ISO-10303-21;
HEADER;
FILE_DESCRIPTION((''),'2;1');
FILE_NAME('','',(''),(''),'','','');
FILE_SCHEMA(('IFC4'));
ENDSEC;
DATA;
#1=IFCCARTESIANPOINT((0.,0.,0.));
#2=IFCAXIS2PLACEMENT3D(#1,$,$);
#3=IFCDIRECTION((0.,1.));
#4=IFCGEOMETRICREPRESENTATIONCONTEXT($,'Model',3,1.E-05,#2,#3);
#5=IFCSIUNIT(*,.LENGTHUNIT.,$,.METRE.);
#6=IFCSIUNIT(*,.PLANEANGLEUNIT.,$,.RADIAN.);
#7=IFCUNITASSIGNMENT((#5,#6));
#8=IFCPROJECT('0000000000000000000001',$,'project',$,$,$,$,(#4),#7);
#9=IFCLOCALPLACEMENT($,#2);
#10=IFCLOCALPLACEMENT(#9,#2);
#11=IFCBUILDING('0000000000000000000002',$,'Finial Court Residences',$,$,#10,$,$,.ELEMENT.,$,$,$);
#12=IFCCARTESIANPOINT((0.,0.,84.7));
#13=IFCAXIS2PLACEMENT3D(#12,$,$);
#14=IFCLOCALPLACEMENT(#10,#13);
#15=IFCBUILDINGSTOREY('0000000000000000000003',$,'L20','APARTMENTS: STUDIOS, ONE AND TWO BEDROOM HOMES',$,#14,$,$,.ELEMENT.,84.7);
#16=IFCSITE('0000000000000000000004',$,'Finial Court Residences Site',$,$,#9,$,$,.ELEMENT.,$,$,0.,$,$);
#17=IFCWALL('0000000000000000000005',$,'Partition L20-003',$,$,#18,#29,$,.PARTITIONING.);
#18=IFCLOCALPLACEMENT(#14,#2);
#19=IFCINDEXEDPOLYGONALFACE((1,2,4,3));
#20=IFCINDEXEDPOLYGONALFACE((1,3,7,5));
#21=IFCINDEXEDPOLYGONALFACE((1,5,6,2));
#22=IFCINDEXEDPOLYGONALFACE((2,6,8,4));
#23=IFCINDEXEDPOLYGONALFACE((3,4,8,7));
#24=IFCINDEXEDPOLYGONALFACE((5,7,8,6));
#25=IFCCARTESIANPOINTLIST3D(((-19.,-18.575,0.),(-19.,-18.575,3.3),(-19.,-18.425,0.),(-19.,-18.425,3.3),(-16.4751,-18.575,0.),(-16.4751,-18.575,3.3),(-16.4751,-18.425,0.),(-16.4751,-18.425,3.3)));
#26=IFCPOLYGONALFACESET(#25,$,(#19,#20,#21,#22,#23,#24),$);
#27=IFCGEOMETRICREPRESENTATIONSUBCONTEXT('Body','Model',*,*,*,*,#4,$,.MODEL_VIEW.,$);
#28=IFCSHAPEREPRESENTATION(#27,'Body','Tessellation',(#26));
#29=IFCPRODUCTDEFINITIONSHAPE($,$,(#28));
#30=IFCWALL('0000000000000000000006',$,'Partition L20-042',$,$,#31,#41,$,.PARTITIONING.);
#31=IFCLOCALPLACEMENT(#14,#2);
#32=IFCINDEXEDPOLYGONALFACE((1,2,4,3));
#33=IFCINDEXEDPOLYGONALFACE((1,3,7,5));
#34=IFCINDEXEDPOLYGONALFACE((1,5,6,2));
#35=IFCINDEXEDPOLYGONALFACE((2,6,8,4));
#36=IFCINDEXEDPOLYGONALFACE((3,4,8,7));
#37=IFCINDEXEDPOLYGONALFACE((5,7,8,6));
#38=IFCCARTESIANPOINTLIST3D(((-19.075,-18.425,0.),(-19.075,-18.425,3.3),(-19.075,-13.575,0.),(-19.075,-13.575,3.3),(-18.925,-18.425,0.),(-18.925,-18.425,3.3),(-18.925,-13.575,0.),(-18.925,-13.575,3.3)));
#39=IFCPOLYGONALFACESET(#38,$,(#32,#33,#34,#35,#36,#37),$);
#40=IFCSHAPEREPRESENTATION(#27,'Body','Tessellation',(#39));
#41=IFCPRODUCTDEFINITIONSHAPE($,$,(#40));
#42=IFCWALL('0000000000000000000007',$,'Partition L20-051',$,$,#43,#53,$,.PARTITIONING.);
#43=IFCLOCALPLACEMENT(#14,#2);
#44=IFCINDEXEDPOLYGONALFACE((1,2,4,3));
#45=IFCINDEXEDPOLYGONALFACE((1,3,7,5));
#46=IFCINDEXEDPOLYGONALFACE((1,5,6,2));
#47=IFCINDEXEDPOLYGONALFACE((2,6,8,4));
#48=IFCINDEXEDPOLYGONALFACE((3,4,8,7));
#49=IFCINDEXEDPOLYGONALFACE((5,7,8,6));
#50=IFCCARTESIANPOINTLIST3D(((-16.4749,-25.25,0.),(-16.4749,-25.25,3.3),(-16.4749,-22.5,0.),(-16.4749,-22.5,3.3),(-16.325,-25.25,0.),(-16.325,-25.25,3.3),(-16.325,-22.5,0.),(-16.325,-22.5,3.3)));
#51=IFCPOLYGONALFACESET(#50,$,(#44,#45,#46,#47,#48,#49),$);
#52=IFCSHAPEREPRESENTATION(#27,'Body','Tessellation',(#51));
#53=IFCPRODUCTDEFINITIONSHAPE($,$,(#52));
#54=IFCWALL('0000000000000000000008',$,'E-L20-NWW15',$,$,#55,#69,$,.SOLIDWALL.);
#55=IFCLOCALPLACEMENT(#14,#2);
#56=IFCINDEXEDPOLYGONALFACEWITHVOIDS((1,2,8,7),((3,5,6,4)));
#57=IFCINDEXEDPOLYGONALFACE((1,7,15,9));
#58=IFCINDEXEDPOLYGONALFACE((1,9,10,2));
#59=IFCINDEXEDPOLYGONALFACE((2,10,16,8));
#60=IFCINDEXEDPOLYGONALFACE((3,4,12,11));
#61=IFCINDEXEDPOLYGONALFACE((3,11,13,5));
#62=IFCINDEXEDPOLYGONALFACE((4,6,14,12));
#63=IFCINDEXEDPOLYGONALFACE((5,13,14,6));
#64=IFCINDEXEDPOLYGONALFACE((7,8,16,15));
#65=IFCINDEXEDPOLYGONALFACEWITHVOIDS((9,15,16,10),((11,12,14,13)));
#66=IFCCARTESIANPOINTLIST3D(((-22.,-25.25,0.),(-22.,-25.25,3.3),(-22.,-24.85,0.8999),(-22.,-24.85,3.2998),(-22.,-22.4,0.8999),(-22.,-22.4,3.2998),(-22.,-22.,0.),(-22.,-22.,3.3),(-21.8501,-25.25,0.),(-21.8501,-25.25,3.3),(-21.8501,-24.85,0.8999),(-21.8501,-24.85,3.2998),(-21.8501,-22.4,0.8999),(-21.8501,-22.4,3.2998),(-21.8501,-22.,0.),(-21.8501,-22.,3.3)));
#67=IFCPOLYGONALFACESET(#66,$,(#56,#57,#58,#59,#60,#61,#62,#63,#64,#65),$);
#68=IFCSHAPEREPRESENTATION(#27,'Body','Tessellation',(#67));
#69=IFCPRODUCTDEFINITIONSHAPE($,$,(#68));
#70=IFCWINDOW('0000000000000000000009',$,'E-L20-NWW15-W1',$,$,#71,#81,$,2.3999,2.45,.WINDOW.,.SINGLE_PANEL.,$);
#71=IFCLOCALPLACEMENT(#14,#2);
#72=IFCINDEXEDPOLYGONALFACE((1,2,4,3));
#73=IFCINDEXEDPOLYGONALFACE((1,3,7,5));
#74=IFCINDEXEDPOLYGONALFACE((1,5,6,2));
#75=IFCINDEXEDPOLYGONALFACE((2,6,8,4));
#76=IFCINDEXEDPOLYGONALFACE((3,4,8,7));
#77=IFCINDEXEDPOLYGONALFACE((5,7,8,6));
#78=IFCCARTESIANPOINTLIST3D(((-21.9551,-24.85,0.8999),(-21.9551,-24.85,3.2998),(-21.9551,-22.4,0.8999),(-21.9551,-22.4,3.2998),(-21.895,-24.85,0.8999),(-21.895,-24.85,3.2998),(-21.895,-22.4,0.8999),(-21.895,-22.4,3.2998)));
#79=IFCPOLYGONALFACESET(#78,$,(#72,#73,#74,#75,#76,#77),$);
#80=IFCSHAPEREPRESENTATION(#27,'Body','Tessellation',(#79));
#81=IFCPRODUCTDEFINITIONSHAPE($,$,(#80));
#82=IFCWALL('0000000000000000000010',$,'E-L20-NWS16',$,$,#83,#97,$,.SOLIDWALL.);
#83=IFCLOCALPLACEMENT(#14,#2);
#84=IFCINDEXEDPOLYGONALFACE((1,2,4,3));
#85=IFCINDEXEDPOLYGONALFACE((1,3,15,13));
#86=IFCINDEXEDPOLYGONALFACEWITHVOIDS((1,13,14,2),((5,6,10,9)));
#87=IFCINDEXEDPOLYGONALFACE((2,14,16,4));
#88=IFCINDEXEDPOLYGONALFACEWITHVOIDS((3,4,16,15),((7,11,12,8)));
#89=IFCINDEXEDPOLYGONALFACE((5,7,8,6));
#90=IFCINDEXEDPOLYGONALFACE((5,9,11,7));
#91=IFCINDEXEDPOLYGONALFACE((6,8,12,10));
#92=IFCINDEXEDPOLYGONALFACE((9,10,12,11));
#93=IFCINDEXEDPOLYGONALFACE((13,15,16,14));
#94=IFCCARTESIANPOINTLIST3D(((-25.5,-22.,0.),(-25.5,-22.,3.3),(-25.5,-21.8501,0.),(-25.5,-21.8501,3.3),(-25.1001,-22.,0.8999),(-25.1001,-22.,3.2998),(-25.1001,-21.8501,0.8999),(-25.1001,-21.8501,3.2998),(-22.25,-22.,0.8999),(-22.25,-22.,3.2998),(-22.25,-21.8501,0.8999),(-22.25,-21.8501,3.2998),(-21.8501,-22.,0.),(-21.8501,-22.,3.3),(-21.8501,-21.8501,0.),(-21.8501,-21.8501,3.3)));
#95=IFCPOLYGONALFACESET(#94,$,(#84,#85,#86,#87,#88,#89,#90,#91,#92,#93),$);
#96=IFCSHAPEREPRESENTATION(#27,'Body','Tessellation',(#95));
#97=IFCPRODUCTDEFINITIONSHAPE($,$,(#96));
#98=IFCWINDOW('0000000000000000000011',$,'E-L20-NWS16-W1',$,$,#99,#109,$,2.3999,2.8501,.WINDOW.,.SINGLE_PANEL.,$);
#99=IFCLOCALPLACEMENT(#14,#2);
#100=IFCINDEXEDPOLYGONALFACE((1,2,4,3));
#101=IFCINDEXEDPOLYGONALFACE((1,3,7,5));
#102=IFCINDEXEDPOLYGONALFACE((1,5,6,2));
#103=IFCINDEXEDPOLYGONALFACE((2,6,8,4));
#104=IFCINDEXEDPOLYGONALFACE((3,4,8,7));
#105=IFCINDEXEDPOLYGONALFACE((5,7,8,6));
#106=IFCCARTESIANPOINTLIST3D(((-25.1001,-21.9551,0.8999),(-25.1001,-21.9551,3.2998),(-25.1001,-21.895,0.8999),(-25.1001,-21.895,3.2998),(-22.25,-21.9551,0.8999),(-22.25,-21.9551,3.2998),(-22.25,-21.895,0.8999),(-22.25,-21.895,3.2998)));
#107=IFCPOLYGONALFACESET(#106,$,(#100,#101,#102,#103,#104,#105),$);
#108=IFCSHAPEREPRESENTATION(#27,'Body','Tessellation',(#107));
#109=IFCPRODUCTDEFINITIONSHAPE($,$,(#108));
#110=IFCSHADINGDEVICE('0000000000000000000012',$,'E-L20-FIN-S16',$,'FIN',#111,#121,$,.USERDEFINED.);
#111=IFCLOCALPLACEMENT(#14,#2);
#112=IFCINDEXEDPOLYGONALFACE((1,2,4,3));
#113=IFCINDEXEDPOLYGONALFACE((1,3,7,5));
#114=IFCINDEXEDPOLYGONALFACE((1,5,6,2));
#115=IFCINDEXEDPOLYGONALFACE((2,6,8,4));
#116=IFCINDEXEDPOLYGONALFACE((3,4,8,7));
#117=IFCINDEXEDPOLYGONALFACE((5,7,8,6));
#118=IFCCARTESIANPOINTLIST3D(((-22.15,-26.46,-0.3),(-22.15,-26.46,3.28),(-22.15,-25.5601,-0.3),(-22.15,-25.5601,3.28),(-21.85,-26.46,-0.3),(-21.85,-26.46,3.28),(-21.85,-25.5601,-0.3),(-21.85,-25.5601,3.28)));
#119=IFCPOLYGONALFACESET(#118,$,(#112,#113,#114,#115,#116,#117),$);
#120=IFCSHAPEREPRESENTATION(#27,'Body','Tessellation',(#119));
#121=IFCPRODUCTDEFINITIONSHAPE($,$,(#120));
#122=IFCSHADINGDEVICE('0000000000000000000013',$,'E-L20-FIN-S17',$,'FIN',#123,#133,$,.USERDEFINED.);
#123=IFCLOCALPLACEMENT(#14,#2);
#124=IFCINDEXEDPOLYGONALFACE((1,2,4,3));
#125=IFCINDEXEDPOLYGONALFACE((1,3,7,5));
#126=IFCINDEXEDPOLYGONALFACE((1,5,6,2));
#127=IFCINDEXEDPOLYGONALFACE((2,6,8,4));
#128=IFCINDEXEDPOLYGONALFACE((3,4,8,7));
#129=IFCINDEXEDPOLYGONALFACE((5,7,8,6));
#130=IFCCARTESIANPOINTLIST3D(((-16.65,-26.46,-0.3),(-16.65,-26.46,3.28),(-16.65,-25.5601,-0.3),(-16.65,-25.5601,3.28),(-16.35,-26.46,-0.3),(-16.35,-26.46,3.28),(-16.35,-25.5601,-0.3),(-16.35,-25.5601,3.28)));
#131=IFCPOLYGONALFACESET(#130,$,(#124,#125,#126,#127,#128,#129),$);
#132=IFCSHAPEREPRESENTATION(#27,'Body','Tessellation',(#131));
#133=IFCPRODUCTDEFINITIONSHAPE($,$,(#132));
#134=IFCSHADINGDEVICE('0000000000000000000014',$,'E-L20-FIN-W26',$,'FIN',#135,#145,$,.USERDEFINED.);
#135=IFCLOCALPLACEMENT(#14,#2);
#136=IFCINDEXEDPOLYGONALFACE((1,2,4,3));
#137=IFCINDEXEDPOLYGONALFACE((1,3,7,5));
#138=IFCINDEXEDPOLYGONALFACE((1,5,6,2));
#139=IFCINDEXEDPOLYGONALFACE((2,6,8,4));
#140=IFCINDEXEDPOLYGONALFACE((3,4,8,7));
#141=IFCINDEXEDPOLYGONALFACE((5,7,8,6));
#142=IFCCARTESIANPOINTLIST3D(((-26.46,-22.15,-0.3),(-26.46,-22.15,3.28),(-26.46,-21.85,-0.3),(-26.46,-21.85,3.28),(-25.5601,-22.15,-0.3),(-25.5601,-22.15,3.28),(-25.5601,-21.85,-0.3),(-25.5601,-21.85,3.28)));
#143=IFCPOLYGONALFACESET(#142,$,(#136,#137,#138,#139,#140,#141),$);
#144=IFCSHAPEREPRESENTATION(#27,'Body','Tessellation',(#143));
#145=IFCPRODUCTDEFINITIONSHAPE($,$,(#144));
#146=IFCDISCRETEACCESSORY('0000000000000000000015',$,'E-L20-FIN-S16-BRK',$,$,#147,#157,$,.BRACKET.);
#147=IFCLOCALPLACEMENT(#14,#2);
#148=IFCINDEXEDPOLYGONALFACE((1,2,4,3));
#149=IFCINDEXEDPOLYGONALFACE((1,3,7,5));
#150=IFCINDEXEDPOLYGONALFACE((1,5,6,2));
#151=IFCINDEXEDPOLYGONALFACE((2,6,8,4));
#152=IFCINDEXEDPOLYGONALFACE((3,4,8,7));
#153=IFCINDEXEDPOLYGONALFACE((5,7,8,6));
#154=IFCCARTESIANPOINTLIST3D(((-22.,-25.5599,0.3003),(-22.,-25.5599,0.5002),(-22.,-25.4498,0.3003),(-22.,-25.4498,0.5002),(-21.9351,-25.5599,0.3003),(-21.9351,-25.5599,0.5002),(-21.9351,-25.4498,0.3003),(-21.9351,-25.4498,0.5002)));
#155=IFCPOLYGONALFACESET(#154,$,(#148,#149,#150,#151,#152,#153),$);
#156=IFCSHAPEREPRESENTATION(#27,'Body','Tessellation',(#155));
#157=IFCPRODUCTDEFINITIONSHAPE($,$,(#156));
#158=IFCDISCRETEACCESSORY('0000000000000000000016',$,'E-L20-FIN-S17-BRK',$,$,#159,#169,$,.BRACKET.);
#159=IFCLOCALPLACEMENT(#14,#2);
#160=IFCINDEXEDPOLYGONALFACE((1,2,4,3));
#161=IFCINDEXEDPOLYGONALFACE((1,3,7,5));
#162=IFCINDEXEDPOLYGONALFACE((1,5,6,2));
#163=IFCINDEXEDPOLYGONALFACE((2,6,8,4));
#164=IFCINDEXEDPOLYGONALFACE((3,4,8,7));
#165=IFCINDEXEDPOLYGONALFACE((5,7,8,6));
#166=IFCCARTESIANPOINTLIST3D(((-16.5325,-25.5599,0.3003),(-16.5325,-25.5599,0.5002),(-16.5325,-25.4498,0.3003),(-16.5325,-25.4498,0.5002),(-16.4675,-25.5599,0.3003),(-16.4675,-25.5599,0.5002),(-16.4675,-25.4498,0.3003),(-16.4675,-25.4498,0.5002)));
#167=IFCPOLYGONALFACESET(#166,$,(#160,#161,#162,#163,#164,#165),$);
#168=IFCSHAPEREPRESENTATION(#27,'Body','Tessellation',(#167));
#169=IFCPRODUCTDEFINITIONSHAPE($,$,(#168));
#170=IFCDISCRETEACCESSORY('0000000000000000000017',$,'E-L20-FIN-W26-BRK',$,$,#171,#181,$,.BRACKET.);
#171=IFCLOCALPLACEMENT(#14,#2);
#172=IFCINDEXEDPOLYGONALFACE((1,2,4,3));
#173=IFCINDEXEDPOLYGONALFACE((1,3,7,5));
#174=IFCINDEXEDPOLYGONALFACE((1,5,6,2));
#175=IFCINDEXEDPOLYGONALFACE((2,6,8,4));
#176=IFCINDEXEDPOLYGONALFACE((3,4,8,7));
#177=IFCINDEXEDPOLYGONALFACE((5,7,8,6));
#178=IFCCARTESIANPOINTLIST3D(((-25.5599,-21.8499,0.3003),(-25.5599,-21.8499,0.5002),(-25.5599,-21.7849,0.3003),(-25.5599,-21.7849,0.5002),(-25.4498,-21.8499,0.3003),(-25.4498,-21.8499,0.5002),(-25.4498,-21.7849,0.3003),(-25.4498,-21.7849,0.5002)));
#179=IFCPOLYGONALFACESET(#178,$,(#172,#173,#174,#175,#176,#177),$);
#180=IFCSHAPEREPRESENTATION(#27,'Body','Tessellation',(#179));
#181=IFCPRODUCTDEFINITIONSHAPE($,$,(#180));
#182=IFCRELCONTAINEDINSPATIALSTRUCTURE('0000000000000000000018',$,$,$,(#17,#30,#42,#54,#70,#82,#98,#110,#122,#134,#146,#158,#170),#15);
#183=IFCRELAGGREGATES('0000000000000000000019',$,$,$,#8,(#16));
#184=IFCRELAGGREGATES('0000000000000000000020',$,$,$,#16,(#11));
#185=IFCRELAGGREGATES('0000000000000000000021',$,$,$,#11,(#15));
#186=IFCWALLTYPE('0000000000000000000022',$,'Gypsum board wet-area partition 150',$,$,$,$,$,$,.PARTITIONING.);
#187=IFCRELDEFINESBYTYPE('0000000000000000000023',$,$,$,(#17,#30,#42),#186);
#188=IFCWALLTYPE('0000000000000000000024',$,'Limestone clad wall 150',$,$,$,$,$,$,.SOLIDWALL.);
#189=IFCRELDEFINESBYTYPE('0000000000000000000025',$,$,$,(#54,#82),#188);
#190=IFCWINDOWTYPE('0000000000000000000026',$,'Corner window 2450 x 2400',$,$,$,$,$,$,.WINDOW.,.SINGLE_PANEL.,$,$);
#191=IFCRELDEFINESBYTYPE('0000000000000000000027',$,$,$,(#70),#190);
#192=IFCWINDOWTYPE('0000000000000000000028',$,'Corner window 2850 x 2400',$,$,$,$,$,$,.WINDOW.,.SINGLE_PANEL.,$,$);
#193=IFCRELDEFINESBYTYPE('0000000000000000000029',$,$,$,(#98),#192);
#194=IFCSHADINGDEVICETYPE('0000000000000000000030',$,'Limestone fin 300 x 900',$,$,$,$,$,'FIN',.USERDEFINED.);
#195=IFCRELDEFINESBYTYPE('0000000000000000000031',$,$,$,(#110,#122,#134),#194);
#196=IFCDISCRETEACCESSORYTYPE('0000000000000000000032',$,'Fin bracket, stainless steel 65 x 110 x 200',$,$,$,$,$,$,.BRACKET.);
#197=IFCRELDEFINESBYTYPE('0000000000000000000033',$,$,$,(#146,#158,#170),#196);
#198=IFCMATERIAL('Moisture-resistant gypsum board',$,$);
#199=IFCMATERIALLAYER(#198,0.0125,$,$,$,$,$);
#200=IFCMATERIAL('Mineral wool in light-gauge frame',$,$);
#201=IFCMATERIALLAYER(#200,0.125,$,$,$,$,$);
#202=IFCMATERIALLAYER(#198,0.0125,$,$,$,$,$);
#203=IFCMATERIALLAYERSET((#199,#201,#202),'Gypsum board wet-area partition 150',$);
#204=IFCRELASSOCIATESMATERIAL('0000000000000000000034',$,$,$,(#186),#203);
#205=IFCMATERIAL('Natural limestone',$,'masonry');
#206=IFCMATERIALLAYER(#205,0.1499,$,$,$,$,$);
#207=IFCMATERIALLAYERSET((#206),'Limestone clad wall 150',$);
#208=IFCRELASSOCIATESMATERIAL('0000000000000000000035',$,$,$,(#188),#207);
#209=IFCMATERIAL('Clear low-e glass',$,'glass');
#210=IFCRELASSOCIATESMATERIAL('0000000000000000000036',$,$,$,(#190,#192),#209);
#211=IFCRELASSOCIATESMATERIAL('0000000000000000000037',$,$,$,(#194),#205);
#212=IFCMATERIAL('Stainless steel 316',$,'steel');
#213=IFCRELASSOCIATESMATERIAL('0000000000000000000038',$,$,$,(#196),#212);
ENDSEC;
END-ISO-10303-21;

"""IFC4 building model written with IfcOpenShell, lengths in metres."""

from ifc_helpers import new_model, si_unit, direction, frame, frame_2d, origin, origin_2d, place, context, subcontext, project, spatial, rectangle, extrude, material, layer, layer_set, type_object, element, fill, save


model = new_model("IFC4")

# Units and contexts
model_context = context("Model", 3, precision=1e-05, world=origin(), true_north=direction((0.0, 1.0)))
body_context = subcontext(model_context, "Body", "Model", "MODEL_VIEW")
ifc_project = project(units=[si_unit("LENGTHUNIT", "METRE"), si_unit("PLANEANGLEUNIT", "RADIAN")], contexts=[model_context])

# Site, building, storey
site_placement = place(None, origin())
site = spatial("IfcSite", under=ifc_project, at=site_placement, Name="Finial Court Residences Site", CompositionType="ELEMENT", RefElevation=0.0)
building_placement = place(site_placement, origin())
building = spatial("IfcBuilding", under=site, at=building_placement, Name="Finial Court Residences", CompositionType="ELEMENT")
storey_placement = place(building_placement, frame((0.0, 0.0, 84.7)))
storey = spatial("IfcBuildingStorey", under=building, at=storey_placement, Name="L20", Description="APARTMENTS: STUDIOS, ONE AND TWO BEDROOM HOMES", CompositionType="ELEMENT", Elevation=84.7)

# Shared definitions
ifc_material_1 = material(Name="Clear low-e glass", Category="glass")

# Shared definitions
ifc_material_2 = material(Name="Mineral wool in light-gauge frame")

# Walls
ifc_material_3 = material(Name="Moisture-resistant gypsum board")
ifc_layer_1 = layer(ifc_material_3, 0.0125)
ifc_layer_2 = layer(ifc_material_2, 0.125)
ifc_layer_3 = layer(ifc_material_3, 0.0125)
ifc_layer_set_1 = layer_set([ifc_layer_1, ifc_layer_2, ifc_layer_3], Name="Gypsum board wet-area partition 150")
wall_type_1 = type_object("IfcWallType", Name="Gypsum board wet-area partition 150", PredefinedType="PARTITIONING", material=ifc_layer_set_1)
wall_1_placement = place(storey_placement, frame((-19.0, -18.5, 0.0), z_axis=(0.0, 0.0, 1.0), x_axis=(1.0, 0.0, 0.0)))
element("IfcWall", 1, at=wall_1_placement, inside=storey, type_object=wall_type_1, Name="Partition L20-003", PredefinedType="PARTITIONING", context=body_context, shape_type="SweptSolid", body=[
    extrude(rectangle(XDim=2.5249, YDim=0.1499, at=frame_2d((1.2625, 0.0))), origin(), (0.0, 0.0, 1.0), 3.3),
])
wall_2_placement = place(storey_placement, frame((-19.0, -18.425, 0.0), z_axis=(0.0, 0.0, 1.0), x_axis=(0.0, 1.0, 0.0)))
element("IfcWall", 2, at=wall_2_placement, inside=storey, type_object=wall_type_1, Name="Partition L20-042", PredefinedType="PARTITIONING", context=body_context, shape_type="SweptSolid", body=[
    extrude(rectangle(XDim=4.8501, YDim=0.1499, at=frame_2d((2.425, 0.0))), origin(), (0.0, 0.0, 1.0), 3.3),
])
wall_3_placement = place(storey_placement, frame((-16.3999, -25.25, 0.0), z_axis=(0.0, 0.0, 1.0), x_axis=(0.0, 1.0, 0.0)))
element("IfcWall", 3, at=wall_3_placement, inside=storey, type_object=wall_type_1, Name="Partition L20-051", PredefinedType="PARTITIONING", context=body_context, shape_type="SweptSolid", body=[
    extrude(rectangle(XDim=2.75, YDim=0.1499, at=frame_2d((1.375, 0.0))), origin(), (0.0, 0.0, 1.0), 3.3),
])

# Walls, openings, windows
ifc_material_4 = material(Name="Natural limestone", Category="masonry")
ifc_layer_4 = layer(ifc_material_4, 0.1499)
ifc_layer_set_2 = layer_set([ifc_layer_4], Name="Limestone clad wall 150")
wall_type_2 = type_object("IfcWallType", Name="Limestone clad wall 150", PredefinedType="SOLIDWALL", material=ifc_layer_set_2)
wall_4_placement = place(storey_placement, frame((-21.925, -25.25, 0.0), z_axis=(0.0, 0.0, 1.0), x_axis=(0.0, 1.0, 0.0)))
wall_4 = element("IfcWall", 4, at=wall_4_placement, inside=storey, type_object=wall_type_2, Name="E-L20-NWW15", PredefinedType="SOLIDWALL", context=body_context, shape_type="SweptSolid", body=[
    extrude(rectangle(XDim=3.25, YDim=0.1499, at=frame_2d((1.625, 0.0))), origin(), (0.0, 0.0, 1.0), 3.3),
])
opening_1_placement = place(wall_4_placement, frame((0.3999, 0.0, 0.8999)))
opening_1 = element("IfcOpeningElement", 5, at=opening_1_placement, cuts=wall_4, PredefinedType="OPENING", context=body_context, shape_type="SweptSolid", body=[
    extrude(rectangle(XDim=2.45, YDim=2.3999, at=frame_2d((1.2251, 1.2))), frame((0.0, 0.085, 0.0), z_axis=(0.0, -1.0, 0.0), x_axis=(1.0, 0.0, 0.0)), (0.0, 0.0, 1.0), 0.1699),
])
window_type_1 = type_object("IfcWindowType", Name="Corner window 2450 x 2400", PartitioningType="SINGLE_PANEL", PredefinedType="WINDOW", material=ifc_material_1)
window_1_placement = place(opening_1_placement, origin())
window_1 = element("IfcWindow", 6, at=window_1_placement, inside=storey, type_object=window_type_1, Name="E-L20-NWW15-W1", OverallHeight=2.3999, OverallWidth=2.45, PartitioningType="SINGLE_PANEL", PredefinedType="WINDOW", context=body_context, shape_type="SweptSolid", body=[
    extrude(rectangle(XDim=2.45, YDim=2.3999, at=frame_2d((1.2251, 1.2))), frame((0.0, 0.03, 0.0), z_axis=(0.0, -1.0, 0.0), x_axis=(1.0, 0.0, 0.0)), (0.0, 0.0, 1.0), 0.0601),
])
fill(opening_1, window_1)
wall_5_placement = place(storey_placement, frame((-21.8501, -21.925, 0.0), z_axis=(0.0, 0.0, 1.0), x_axis=(-1.0, 0.0, 0.0)))
wall_5 = element("IfcWall", 7, at=wall_5_placement, inside=storey, type_object=wall_type_2, Name="E-L20-NWS16", PredefinedType="SOLIDWALL", context=body_context, shape_type="SweptSolid", body=[
    extrude(rectangle(XDim=3.6499, YDim=0.1499, at=frame_2d((1.825, 0.0))), origin(), (0.0, 0.0, 1.0), 3.3),
])
opening_2_placement = place(wall_5_placement, frame((0.3999, 0.0, 0.8999)))
opening_2 = element("IfcOpeningElement", 8, at=opening_2_placement, cuts=wall_5, PredefinedType="OPENING", context=body_context, shape_type="SweptSolid", body=[
    extrude(rectangle(XDim=2.8501, YDim=2.3999, at=frame_2d((1.425, 1.2))), frame((0.0, 0.085, 0.0), z_axis=(0.0, -1.0, 0.0), x_axis=(1.0, 0.0, 0.0)), (0.0, 0.0, 1.0), 0.1699),
])
window_type_2 = type_object("IfcWindowType", Name="Corner window 2850 x 2400", PartitioningType="SINGLE_PANEL", PredefinedType="WINDOW", material=ifc_material_1)
window_2_placement = place(opening_2_placement, origin())
window_2 = element("IfcWindow", 9, at=window_2_placement, inside=storey, type_object=window_type_2, Name="E-L20-NWS16-W1", OverallHeight=2.3999, OverallWidth=2.8501, PartitioningType="SINGLE_PANEL", PredefinedType="WINDOW", context=body_context, shape_type="SweptSolid", body=[
    extrude(rectangle(XDim=2.8501, YDim=2.3999, at=frame_2d((1.425, 1.2))), frame((0.0, 0.03, 0.0), z_axis=(0.0, -1.0, 0.0), x_axis=(1.0, 0.0, 0.0)), (0.0, 0.0, 1.0), 0.0601),
])
fill(opening_2, window_2)

# Shading devices
shading_device_type = type_object("IfcShadingDeviceType", Name="Limestone fin 300 x 900", ElementType="FIN", PredefinedType="USERDEFINED", material=ifc_material_4)
for number, where, z_axis, x_axis, name in (
    (10, (-22.0, -26.01, -0.3), (0.0, 0.0, 1.0), (1.0, 0.0, 0.0), "E-L20-FIN-S16"),
    (11, (-16.5, -26.01, -0.3), (0.0, 0.0, 1.0), (1.0, 0.0, 0.0), "E-L20-FIN-S17"),
):
    element("IfcShadingDevice", number, at=place(storey_placement, frame(where, z_axis=z_axis, x_axis=x_axis)), inside=storey, type_object=shading_device_type, Name=name, ObjectType="FIN", PredefinedType="USERDEFINED", context=body_context, shape_type="SweptSolid", body=[
        extrude(rectangle(XDim=0.3, YDim=0.8999, at=origin_2d()), origin(), (0.0, 0.0, 1.0), 3.5801),
    ])
shading_device_placement = place(storey_placement, frame((-26.01, -22.0, -0.3), z_axis=(0.0, 0.0, 1.0), x_axis=(1.0, 0.0, 0.0)))
element("IfcShadingDevice", 12, at=shading_device_placement, inside=storey, type_object=shading_device_type, Name="E-L20-FIN-W26", ObjectType="FIN", PredefinedType="USERDEFINED", context=body_context, shape_type="SweptSolid", body=[
    extrude(rectangle(XDim=0.8999, YDim=0.3, at=origin_2d()), origin(), (0.0, 0.0, 1.0), 3.5801),
])

# Discrete accessories
ifc_material_5 = material(Name="Stainless steel 316", Category="steel")
discrete_accessory_type = type_object("IfcDiscreteAccessoryType", Name="Fin bracket, stainless steel 65 x 110 x 200", PredefinedType="BRACKET", material=ifc_material_5)
for number, where, z_axis, x_axis, name in (
    (13, (-21.9675, -25.5049, 0.3003), (0.0, 0.0, 1.0), (1.0, 0.0, 0.0), "E-L20-FIN-S16-BRK"),
    (14, (-16.5, -25.5049, 0.3003), (0.0, 0.0, 1.0), (1.0, 0.0, 0.0), "E-L20-FIN-S17-BRK"),
):
    element("IfcDiscreteAccessory", number, at=place(storey_placement, frame(where, z_axis=z_axis, x_axis=x_axis)), inside=storey, type_object=discrete_accessory_type, Name=name, PredefinedType="BRACKET", context=body_context, shape_type="SweptSolid", body=[
        extrude(rectangle(XDim=0.0649, YDim=0.1101, at=origin_2d()), origin(), (0.0, 0.0, 1.0), 0.2),
    ])
discrete_accessory_placement = place(storey_placement, frame((-25.5049, -21.8174, 0.3003), z_axis=(0.0, 0.0, 1.0), x_axis=(1.0, 0.0, 0.0)))
element("IfcDiscreteAccessory", 15, at=discrete_accessory_placement, inside=storey, type_object=discrete_accessory_type, Name="E-L20-FIN-W26-BRK", PredefinedType="BRACKET", context=body_context, shape_type="SweptSolid", body=[
    extrude(rectangle(XDim=0.1101, YDim=0.0649, at=origin_2d()), origin(), (0.0, 0.0, 1.0), 0.2),
])

save(model, "model.ifc")
